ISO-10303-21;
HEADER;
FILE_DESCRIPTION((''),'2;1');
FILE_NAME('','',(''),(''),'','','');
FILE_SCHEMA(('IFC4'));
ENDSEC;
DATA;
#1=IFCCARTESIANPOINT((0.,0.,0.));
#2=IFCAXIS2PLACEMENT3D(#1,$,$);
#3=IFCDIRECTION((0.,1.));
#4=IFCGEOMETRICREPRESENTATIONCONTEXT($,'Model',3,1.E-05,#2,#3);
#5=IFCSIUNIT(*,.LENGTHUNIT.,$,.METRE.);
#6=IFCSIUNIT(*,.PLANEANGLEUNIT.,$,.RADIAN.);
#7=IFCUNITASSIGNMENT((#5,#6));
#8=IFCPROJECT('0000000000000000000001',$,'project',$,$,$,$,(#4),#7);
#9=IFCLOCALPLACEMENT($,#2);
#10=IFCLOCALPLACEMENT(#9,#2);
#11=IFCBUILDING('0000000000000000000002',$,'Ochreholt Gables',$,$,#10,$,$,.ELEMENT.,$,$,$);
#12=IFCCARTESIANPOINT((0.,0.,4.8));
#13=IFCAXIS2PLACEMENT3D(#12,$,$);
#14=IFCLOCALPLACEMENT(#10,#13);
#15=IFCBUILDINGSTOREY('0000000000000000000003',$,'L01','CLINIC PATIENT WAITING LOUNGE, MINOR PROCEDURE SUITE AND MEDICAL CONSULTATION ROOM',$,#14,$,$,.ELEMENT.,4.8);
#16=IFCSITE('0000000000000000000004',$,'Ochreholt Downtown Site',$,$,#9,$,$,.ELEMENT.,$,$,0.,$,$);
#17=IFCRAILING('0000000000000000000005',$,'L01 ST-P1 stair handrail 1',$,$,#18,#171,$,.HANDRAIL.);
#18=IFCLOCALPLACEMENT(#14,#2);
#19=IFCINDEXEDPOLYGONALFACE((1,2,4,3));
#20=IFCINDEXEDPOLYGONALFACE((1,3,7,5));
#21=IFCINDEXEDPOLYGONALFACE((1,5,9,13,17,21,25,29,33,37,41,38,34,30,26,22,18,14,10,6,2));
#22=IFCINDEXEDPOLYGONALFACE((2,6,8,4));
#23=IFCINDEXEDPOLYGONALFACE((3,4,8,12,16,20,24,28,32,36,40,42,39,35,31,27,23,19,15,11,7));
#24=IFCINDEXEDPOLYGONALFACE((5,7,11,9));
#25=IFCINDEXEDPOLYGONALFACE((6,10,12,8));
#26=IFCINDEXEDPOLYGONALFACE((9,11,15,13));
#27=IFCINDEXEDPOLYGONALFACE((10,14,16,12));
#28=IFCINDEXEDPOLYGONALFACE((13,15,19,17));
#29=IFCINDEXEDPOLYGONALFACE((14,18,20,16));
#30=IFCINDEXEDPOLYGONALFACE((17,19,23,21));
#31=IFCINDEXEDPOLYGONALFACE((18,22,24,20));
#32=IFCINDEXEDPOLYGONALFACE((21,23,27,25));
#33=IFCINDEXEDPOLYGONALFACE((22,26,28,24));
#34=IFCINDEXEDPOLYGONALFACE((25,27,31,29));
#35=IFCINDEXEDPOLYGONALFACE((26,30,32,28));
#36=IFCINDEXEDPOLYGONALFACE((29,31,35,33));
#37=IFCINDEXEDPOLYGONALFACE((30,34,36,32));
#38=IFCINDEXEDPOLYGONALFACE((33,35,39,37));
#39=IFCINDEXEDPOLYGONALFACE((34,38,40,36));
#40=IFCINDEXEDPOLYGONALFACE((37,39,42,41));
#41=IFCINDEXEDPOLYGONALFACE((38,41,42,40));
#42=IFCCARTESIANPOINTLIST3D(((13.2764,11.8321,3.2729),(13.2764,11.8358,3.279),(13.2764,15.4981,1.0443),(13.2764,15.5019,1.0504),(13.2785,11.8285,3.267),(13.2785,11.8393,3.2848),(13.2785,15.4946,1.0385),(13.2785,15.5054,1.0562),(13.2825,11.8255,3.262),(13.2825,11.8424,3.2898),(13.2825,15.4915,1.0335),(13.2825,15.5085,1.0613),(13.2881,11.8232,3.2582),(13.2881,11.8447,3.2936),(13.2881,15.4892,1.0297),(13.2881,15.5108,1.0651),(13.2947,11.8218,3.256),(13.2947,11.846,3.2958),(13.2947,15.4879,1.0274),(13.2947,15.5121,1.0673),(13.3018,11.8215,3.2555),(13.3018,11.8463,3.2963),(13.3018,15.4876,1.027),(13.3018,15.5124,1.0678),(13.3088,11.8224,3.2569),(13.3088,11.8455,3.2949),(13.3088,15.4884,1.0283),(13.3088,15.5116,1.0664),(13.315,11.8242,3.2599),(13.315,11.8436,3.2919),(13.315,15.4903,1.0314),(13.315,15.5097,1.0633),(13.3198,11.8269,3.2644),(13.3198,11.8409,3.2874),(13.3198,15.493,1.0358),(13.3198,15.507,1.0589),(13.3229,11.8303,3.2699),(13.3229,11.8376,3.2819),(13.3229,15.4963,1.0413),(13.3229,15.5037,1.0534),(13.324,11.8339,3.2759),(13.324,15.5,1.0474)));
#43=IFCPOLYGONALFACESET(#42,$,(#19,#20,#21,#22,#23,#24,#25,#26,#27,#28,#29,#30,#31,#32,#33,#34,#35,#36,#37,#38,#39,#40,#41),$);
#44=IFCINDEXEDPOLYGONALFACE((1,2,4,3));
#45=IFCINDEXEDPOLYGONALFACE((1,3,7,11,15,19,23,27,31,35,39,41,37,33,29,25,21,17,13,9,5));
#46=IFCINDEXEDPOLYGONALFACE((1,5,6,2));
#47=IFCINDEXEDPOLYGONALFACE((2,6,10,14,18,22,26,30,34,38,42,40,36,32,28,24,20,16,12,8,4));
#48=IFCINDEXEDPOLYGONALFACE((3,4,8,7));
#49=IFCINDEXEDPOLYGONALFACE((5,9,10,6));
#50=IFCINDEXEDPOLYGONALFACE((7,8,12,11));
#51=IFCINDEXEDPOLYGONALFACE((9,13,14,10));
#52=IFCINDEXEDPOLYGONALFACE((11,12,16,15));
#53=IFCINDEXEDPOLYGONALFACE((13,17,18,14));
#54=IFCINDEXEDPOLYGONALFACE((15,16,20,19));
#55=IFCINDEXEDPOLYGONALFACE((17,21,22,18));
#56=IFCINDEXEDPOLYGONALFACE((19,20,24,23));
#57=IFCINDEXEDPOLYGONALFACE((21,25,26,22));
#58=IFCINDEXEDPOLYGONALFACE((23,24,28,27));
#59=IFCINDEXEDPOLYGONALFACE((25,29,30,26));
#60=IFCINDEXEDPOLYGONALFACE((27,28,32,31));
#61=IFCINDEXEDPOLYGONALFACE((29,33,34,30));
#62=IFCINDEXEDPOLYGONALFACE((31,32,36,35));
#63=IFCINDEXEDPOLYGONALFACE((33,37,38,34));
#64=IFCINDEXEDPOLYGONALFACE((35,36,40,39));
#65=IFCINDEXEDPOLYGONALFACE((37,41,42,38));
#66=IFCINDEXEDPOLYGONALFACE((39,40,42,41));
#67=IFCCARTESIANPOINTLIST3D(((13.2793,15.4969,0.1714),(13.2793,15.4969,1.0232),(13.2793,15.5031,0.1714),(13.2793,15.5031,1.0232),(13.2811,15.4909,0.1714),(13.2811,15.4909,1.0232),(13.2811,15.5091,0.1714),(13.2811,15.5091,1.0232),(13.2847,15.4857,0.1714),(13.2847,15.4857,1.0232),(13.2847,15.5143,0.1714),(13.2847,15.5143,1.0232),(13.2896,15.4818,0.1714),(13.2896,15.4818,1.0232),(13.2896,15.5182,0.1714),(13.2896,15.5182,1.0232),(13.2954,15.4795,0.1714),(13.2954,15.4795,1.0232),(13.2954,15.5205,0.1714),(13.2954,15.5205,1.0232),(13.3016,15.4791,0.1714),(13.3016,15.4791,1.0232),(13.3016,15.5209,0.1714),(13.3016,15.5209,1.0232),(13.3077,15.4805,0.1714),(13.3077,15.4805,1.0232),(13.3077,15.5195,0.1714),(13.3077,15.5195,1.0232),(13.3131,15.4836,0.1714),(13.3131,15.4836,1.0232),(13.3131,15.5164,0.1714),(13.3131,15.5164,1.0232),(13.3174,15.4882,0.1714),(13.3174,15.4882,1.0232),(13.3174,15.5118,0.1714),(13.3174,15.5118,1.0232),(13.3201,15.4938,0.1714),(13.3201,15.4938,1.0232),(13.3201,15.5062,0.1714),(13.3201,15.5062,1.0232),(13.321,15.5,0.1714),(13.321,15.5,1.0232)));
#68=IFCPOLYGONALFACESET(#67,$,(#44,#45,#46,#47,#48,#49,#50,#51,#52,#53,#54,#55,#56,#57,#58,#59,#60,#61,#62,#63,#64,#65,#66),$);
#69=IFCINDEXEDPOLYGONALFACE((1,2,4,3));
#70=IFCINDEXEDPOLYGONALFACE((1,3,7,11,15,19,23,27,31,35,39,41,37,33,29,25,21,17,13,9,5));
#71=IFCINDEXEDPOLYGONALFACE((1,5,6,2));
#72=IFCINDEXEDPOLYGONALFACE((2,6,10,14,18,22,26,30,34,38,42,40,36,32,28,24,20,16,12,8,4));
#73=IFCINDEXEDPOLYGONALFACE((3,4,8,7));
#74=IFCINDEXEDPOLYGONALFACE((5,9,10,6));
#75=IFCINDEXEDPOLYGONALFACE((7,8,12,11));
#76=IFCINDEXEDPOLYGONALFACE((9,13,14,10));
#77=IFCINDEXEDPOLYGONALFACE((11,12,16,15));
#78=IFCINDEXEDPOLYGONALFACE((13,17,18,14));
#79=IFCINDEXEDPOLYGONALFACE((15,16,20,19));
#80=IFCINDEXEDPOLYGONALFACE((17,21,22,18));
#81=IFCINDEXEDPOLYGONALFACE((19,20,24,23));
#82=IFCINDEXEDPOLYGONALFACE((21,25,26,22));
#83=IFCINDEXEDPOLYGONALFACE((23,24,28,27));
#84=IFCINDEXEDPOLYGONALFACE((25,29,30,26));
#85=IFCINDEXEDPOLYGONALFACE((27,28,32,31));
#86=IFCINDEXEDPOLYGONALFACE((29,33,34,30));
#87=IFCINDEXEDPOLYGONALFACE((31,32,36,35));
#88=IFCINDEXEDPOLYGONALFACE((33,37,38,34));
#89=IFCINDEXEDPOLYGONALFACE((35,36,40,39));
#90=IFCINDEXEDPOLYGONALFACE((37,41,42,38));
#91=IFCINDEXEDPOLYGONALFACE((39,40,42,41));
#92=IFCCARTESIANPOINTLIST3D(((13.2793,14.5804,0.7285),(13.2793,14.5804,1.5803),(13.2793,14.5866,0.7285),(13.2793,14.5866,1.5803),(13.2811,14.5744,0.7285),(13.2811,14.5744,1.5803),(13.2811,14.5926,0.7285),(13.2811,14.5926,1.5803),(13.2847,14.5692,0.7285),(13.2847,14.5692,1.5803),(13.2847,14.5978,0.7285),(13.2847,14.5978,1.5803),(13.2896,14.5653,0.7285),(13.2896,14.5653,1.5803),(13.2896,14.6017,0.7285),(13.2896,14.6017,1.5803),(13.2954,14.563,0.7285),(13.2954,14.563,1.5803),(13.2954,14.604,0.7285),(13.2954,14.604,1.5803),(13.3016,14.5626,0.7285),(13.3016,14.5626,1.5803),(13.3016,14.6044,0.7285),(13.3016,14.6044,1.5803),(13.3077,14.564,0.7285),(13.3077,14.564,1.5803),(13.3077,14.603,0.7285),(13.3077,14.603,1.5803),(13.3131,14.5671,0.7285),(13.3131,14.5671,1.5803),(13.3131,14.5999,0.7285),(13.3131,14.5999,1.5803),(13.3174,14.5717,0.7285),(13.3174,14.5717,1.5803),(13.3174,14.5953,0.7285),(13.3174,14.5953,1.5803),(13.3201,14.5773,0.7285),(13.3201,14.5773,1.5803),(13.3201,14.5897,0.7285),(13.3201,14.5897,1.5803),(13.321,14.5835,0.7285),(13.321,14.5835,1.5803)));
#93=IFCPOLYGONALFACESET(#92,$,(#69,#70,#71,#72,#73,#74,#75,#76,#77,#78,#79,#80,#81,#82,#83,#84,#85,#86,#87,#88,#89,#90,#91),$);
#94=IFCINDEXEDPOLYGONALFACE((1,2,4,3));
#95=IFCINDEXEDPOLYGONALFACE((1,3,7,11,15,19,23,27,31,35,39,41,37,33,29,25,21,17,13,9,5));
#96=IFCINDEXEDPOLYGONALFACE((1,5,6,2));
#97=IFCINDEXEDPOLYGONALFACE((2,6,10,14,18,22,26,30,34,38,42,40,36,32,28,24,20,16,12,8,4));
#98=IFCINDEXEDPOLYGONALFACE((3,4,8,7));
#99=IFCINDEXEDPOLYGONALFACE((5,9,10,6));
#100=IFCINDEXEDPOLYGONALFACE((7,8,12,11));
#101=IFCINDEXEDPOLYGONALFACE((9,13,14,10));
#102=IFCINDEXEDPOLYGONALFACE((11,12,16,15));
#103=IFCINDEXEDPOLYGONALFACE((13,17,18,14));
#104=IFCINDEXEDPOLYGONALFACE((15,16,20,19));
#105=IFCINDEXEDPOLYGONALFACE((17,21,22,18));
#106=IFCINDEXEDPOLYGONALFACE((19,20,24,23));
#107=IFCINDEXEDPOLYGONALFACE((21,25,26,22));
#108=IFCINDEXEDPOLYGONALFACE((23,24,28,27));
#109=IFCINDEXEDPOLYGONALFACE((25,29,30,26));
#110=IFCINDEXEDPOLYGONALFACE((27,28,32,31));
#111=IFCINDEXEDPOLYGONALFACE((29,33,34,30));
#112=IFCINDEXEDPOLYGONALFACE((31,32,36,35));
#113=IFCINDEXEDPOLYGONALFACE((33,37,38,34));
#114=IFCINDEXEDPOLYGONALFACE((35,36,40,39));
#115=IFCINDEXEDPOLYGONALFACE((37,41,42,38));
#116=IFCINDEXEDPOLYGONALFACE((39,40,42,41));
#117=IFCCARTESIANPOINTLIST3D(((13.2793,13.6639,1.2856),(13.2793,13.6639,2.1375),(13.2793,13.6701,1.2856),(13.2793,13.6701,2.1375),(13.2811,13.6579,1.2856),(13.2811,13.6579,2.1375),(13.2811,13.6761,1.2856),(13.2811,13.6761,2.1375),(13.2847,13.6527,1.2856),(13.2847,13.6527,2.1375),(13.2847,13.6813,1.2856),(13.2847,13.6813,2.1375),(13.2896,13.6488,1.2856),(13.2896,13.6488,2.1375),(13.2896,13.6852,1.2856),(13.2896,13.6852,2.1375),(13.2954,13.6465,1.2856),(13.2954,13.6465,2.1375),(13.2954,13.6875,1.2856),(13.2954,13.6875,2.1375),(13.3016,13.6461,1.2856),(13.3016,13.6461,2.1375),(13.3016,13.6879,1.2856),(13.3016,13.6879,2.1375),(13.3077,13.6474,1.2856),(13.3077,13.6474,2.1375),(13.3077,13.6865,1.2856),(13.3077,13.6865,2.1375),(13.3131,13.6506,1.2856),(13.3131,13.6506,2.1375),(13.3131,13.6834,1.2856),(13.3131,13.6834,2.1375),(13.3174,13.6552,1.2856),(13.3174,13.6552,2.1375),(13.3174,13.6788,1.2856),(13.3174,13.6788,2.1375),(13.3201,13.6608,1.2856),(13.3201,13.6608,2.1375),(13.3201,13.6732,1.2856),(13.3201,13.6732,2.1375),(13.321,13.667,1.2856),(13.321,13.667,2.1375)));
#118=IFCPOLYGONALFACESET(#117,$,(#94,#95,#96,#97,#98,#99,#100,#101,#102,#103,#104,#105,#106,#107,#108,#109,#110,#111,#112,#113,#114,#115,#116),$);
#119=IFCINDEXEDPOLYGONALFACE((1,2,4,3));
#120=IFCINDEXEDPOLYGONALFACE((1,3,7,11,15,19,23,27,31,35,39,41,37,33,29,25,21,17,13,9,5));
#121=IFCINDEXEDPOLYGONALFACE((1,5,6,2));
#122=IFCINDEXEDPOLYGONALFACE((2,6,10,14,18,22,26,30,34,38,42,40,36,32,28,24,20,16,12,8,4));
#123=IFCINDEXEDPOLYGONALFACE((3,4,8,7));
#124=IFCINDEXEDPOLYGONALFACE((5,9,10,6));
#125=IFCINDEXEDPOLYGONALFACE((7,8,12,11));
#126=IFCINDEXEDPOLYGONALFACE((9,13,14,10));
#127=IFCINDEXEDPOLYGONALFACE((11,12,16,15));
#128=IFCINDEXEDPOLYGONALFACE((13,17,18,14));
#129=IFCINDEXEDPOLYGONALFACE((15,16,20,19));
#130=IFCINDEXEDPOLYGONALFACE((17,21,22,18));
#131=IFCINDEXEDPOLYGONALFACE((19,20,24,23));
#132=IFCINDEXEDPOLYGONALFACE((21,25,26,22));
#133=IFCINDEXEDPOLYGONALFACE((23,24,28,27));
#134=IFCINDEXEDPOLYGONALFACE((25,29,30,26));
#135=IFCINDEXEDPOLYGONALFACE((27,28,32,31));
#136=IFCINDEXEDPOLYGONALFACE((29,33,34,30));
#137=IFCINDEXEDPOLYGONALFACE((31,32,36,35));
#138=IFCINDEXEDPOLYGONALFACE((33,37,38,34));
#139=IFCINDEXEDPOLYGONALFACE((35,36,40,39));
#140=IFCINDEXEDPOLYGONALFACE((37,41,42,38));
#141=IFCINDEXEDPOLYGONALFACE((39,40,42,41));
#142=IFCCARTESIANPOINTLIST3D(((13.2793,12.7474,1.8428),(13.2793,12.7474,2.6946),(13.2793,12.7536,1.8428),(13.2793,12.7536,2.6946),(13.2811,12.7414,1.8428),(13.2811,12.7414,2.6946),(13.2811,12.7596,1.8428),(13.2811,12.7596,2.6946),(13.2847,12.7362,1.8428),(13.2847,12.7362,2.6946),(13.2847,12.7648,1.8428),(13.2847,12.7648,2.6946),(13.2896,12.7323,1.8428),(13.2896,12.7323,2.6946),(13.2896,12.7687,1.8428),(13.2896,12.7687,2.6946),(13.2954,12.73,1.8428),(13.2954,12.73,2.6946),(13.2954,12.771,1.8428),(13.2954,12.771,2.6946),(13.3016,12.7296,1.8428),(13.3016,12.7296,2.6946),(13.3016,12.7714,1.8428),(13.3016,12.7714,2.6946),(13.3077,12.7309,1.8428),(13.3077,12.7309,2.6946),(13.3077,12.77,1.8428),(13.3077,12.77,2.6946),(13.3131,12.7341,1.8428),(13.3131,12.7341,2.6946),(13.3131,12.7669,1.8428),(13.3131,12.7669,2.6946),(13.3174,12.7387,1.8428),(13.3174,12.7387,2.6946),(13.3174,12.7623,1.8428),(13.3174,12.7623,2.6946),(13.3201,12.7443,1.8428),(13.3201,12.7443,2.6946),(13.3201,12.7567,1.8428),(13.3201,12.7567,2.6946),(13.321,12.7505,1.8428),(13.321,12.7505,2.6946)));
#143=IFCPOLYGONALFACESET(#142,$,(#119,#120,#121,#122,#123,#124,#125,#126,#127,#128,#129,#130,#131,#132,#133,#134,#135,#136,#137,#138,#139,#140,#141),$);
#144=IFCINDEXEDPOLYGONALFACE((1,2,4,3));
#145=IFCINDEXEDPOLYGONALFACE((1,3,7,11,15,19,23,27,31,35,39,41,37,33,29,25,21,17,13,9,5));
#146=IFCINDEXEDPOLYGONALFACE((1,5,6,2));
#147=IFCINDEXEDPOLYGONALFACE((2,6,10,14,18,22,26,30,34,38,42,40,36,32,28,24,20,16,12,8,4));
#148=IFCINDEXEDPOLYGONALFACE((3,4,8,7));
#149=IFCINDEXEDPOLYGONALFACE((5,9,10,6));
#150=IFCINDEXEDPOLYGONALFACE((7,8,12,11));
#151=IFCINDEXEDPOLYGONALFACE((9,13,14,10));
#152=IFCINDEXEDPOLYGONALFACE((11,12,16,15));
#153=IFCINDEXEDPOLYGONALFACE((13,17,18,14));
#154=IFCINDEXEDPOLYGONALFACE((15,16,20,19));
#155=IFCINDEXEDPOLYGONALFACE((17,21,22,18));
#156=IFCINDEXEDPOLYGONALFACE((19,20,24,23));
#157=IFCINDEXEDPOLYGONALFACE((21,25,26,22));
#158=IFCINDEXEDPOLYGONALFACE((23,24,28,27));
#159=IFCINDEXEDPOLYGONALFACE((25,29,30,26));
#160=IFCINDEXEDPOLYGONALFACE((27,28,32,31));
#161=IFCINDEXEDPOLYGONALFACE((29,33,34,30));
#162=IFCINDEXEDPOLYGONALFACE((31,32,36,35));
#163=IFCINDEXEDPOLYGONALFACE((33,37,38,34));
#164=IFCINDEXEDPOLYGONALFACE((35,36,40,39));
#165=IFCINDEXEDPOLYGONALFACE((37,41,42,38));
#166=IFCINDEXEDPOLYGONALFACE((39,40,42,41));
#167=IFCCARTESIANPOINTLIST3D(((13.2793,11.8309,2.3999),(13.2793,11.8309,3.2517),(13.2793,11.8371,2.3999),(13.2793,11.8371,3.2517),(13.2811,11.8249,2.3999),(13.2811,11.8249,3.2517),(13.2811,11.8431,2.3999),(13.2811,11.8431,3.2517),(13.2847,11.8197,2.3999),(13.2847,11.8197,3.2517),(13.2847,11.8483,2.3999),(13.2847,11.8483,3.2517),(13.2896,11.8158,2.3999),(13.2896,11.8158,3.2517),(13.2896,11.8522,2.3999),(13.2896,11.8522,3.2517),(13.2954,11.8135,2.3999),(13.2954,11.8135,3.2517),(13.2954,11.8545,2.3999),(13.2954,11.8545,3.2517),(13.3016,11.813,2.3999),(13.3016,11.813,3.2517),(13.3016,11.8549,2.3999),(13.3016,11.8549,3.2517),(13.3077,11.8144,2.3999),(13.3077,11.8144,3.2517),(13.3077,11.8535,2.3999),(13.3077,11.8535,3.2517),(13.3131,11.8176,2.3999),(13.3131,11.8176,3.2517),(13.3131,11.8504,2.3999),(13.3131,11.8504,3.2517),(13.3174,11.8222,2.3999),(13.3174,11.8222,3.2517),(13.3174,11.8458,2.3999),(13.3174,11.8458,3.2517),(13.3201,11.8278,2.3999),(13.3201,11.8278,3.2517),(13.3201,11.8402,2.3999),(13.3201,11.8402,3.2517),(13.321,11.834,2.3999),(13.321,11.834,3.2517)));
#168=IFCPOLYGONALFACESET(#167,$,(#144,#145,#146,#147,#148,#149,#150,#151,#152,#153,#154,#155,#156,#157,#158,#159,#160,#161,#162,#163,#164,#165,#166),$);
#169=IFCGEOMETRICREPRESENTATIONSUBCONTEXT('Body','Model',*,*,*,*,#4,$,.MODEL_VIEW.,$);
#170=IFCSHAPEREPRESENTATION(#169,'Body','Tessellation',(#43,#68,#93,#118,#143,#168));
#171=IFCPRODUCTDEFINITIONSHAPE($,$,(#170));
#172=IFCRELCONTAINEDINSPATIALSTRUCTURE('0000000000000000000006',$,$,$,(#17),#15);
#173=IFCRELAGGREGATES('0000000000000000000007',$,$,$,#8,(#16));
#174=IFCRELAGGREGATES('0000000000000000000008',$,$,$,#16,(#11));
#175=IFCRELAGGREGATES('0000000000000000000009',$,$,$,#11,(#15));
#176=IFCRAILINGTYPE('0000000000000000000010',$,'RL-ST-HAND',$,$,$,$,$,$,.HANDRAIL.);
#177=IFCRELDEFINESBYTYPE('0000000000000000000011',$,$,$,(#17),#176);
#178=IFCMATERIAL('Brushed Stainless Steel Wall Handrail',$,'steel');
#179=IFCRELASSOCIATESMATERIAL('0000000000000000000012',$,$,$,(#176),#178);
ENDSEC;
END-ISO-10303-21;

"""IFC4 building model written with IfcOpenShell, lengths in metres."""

from ifc_helpers import new_model, si_unit, direction, frame, origin, origin_2d, place, context, subcontext, project, spatial, circle, extrude, material, type_object, element, save


model = new_model("IFC4")

# Units and contexts
model_context = context("Model", 3, precision=1e-05, world=origin(), true_north=direction((0.0, 1.0)))
body_context = subcontext(model_context, "Body", "Model", "MODEL_VIEW")
ifc_project = project(units=[si_unit("LENGTHUNIT", "METRE"), si_unit("PLANEANGLEUNIT", "RADIAN")], contexts=[model_context])

# Site, building, storey
site_placement = place(None, origin())
site = spatial("IfcSite", under=ifc_project, at=site_placement, Name="Ochreholt Downtown Site", CompositionType="ELEMENT", RefElevation=0.0)
building_placement = place(site_placement, origin())
building = spatial("IfcBuilding", under=site, at=building_placement, Name="Ochreholt Gables", CompositionType="ELEMENT")
storey_placement = place(building_placement, frame((0.0, 0.0, 4.8)))
storey = spatial("IfcBuildingStorey", under=building, at=storey_placement, Name="L01", Description="CLINIC PATIENT WAITING LOUNGE, MINOR PROCEDURE SUITE AND MEDICAL CONSULTATION ROOM", CompositionType="ELEMENT", Elevation=4.8)

# Railing
ifc_material_1 = material(Name="Brushed Stainless Steel Wall Handrail", Category="steel")
railing_type_1 = type_object("IfcRailingType", Name="RL-ST-HAND", PredefinedType="HANDRAIL", material=ifc_material_1)
railing_1_placement = place(storey_placement, frame((13.3, 15.5, 0.1714)))
element("IfcRailing", 1, at=railing_1_placement, inside=storey, type_object=railing_type_1, Name="L01 ST-P1 stair handrail 1", PredefinedType="HANDRAIL", context=body_context, shape_type="SweptSolid", body=[
    extrude(circle(Radius=0.0239, at=origin_2d()), frame((0.0, 0.0, 0.876), z_axis=(0.0, -0.854506, 0.519441), x_axis=(1.0, 0.0, 0.0)), (0.0, 0.0, 1.0), 4.2903),
    extrude(circle(Radius=0.021, at=origin_2d()), origin(), (0.0, 0.0, 1.0), 0.8518),
    extrude(circle(Radius=0.021, at=origin_2d()), frame((0.0, -0.9165, 0.5571)), (0.0, 0.0, 1.0), 0.8518),
    extrude(circle(Radius=0.021, at=origin_2d()), frame((0.0, -1.833, 1.1143)), (0.0, 0.0, 1.0), 0.8518),
    extrude(circle(Radius=0.021, at=origin_2d()), frame((0.0, -2.7495, 1.6714)), (0.0, 0.0, 1.0), 0.8518),
    extrude(circle(Radius=0.021, at=origin_2d()), frame((0.0, -3.666, 2.2285)), (0.0, 0.0, 1.0), 0.8518),
])

save(model, "model.ifc")
